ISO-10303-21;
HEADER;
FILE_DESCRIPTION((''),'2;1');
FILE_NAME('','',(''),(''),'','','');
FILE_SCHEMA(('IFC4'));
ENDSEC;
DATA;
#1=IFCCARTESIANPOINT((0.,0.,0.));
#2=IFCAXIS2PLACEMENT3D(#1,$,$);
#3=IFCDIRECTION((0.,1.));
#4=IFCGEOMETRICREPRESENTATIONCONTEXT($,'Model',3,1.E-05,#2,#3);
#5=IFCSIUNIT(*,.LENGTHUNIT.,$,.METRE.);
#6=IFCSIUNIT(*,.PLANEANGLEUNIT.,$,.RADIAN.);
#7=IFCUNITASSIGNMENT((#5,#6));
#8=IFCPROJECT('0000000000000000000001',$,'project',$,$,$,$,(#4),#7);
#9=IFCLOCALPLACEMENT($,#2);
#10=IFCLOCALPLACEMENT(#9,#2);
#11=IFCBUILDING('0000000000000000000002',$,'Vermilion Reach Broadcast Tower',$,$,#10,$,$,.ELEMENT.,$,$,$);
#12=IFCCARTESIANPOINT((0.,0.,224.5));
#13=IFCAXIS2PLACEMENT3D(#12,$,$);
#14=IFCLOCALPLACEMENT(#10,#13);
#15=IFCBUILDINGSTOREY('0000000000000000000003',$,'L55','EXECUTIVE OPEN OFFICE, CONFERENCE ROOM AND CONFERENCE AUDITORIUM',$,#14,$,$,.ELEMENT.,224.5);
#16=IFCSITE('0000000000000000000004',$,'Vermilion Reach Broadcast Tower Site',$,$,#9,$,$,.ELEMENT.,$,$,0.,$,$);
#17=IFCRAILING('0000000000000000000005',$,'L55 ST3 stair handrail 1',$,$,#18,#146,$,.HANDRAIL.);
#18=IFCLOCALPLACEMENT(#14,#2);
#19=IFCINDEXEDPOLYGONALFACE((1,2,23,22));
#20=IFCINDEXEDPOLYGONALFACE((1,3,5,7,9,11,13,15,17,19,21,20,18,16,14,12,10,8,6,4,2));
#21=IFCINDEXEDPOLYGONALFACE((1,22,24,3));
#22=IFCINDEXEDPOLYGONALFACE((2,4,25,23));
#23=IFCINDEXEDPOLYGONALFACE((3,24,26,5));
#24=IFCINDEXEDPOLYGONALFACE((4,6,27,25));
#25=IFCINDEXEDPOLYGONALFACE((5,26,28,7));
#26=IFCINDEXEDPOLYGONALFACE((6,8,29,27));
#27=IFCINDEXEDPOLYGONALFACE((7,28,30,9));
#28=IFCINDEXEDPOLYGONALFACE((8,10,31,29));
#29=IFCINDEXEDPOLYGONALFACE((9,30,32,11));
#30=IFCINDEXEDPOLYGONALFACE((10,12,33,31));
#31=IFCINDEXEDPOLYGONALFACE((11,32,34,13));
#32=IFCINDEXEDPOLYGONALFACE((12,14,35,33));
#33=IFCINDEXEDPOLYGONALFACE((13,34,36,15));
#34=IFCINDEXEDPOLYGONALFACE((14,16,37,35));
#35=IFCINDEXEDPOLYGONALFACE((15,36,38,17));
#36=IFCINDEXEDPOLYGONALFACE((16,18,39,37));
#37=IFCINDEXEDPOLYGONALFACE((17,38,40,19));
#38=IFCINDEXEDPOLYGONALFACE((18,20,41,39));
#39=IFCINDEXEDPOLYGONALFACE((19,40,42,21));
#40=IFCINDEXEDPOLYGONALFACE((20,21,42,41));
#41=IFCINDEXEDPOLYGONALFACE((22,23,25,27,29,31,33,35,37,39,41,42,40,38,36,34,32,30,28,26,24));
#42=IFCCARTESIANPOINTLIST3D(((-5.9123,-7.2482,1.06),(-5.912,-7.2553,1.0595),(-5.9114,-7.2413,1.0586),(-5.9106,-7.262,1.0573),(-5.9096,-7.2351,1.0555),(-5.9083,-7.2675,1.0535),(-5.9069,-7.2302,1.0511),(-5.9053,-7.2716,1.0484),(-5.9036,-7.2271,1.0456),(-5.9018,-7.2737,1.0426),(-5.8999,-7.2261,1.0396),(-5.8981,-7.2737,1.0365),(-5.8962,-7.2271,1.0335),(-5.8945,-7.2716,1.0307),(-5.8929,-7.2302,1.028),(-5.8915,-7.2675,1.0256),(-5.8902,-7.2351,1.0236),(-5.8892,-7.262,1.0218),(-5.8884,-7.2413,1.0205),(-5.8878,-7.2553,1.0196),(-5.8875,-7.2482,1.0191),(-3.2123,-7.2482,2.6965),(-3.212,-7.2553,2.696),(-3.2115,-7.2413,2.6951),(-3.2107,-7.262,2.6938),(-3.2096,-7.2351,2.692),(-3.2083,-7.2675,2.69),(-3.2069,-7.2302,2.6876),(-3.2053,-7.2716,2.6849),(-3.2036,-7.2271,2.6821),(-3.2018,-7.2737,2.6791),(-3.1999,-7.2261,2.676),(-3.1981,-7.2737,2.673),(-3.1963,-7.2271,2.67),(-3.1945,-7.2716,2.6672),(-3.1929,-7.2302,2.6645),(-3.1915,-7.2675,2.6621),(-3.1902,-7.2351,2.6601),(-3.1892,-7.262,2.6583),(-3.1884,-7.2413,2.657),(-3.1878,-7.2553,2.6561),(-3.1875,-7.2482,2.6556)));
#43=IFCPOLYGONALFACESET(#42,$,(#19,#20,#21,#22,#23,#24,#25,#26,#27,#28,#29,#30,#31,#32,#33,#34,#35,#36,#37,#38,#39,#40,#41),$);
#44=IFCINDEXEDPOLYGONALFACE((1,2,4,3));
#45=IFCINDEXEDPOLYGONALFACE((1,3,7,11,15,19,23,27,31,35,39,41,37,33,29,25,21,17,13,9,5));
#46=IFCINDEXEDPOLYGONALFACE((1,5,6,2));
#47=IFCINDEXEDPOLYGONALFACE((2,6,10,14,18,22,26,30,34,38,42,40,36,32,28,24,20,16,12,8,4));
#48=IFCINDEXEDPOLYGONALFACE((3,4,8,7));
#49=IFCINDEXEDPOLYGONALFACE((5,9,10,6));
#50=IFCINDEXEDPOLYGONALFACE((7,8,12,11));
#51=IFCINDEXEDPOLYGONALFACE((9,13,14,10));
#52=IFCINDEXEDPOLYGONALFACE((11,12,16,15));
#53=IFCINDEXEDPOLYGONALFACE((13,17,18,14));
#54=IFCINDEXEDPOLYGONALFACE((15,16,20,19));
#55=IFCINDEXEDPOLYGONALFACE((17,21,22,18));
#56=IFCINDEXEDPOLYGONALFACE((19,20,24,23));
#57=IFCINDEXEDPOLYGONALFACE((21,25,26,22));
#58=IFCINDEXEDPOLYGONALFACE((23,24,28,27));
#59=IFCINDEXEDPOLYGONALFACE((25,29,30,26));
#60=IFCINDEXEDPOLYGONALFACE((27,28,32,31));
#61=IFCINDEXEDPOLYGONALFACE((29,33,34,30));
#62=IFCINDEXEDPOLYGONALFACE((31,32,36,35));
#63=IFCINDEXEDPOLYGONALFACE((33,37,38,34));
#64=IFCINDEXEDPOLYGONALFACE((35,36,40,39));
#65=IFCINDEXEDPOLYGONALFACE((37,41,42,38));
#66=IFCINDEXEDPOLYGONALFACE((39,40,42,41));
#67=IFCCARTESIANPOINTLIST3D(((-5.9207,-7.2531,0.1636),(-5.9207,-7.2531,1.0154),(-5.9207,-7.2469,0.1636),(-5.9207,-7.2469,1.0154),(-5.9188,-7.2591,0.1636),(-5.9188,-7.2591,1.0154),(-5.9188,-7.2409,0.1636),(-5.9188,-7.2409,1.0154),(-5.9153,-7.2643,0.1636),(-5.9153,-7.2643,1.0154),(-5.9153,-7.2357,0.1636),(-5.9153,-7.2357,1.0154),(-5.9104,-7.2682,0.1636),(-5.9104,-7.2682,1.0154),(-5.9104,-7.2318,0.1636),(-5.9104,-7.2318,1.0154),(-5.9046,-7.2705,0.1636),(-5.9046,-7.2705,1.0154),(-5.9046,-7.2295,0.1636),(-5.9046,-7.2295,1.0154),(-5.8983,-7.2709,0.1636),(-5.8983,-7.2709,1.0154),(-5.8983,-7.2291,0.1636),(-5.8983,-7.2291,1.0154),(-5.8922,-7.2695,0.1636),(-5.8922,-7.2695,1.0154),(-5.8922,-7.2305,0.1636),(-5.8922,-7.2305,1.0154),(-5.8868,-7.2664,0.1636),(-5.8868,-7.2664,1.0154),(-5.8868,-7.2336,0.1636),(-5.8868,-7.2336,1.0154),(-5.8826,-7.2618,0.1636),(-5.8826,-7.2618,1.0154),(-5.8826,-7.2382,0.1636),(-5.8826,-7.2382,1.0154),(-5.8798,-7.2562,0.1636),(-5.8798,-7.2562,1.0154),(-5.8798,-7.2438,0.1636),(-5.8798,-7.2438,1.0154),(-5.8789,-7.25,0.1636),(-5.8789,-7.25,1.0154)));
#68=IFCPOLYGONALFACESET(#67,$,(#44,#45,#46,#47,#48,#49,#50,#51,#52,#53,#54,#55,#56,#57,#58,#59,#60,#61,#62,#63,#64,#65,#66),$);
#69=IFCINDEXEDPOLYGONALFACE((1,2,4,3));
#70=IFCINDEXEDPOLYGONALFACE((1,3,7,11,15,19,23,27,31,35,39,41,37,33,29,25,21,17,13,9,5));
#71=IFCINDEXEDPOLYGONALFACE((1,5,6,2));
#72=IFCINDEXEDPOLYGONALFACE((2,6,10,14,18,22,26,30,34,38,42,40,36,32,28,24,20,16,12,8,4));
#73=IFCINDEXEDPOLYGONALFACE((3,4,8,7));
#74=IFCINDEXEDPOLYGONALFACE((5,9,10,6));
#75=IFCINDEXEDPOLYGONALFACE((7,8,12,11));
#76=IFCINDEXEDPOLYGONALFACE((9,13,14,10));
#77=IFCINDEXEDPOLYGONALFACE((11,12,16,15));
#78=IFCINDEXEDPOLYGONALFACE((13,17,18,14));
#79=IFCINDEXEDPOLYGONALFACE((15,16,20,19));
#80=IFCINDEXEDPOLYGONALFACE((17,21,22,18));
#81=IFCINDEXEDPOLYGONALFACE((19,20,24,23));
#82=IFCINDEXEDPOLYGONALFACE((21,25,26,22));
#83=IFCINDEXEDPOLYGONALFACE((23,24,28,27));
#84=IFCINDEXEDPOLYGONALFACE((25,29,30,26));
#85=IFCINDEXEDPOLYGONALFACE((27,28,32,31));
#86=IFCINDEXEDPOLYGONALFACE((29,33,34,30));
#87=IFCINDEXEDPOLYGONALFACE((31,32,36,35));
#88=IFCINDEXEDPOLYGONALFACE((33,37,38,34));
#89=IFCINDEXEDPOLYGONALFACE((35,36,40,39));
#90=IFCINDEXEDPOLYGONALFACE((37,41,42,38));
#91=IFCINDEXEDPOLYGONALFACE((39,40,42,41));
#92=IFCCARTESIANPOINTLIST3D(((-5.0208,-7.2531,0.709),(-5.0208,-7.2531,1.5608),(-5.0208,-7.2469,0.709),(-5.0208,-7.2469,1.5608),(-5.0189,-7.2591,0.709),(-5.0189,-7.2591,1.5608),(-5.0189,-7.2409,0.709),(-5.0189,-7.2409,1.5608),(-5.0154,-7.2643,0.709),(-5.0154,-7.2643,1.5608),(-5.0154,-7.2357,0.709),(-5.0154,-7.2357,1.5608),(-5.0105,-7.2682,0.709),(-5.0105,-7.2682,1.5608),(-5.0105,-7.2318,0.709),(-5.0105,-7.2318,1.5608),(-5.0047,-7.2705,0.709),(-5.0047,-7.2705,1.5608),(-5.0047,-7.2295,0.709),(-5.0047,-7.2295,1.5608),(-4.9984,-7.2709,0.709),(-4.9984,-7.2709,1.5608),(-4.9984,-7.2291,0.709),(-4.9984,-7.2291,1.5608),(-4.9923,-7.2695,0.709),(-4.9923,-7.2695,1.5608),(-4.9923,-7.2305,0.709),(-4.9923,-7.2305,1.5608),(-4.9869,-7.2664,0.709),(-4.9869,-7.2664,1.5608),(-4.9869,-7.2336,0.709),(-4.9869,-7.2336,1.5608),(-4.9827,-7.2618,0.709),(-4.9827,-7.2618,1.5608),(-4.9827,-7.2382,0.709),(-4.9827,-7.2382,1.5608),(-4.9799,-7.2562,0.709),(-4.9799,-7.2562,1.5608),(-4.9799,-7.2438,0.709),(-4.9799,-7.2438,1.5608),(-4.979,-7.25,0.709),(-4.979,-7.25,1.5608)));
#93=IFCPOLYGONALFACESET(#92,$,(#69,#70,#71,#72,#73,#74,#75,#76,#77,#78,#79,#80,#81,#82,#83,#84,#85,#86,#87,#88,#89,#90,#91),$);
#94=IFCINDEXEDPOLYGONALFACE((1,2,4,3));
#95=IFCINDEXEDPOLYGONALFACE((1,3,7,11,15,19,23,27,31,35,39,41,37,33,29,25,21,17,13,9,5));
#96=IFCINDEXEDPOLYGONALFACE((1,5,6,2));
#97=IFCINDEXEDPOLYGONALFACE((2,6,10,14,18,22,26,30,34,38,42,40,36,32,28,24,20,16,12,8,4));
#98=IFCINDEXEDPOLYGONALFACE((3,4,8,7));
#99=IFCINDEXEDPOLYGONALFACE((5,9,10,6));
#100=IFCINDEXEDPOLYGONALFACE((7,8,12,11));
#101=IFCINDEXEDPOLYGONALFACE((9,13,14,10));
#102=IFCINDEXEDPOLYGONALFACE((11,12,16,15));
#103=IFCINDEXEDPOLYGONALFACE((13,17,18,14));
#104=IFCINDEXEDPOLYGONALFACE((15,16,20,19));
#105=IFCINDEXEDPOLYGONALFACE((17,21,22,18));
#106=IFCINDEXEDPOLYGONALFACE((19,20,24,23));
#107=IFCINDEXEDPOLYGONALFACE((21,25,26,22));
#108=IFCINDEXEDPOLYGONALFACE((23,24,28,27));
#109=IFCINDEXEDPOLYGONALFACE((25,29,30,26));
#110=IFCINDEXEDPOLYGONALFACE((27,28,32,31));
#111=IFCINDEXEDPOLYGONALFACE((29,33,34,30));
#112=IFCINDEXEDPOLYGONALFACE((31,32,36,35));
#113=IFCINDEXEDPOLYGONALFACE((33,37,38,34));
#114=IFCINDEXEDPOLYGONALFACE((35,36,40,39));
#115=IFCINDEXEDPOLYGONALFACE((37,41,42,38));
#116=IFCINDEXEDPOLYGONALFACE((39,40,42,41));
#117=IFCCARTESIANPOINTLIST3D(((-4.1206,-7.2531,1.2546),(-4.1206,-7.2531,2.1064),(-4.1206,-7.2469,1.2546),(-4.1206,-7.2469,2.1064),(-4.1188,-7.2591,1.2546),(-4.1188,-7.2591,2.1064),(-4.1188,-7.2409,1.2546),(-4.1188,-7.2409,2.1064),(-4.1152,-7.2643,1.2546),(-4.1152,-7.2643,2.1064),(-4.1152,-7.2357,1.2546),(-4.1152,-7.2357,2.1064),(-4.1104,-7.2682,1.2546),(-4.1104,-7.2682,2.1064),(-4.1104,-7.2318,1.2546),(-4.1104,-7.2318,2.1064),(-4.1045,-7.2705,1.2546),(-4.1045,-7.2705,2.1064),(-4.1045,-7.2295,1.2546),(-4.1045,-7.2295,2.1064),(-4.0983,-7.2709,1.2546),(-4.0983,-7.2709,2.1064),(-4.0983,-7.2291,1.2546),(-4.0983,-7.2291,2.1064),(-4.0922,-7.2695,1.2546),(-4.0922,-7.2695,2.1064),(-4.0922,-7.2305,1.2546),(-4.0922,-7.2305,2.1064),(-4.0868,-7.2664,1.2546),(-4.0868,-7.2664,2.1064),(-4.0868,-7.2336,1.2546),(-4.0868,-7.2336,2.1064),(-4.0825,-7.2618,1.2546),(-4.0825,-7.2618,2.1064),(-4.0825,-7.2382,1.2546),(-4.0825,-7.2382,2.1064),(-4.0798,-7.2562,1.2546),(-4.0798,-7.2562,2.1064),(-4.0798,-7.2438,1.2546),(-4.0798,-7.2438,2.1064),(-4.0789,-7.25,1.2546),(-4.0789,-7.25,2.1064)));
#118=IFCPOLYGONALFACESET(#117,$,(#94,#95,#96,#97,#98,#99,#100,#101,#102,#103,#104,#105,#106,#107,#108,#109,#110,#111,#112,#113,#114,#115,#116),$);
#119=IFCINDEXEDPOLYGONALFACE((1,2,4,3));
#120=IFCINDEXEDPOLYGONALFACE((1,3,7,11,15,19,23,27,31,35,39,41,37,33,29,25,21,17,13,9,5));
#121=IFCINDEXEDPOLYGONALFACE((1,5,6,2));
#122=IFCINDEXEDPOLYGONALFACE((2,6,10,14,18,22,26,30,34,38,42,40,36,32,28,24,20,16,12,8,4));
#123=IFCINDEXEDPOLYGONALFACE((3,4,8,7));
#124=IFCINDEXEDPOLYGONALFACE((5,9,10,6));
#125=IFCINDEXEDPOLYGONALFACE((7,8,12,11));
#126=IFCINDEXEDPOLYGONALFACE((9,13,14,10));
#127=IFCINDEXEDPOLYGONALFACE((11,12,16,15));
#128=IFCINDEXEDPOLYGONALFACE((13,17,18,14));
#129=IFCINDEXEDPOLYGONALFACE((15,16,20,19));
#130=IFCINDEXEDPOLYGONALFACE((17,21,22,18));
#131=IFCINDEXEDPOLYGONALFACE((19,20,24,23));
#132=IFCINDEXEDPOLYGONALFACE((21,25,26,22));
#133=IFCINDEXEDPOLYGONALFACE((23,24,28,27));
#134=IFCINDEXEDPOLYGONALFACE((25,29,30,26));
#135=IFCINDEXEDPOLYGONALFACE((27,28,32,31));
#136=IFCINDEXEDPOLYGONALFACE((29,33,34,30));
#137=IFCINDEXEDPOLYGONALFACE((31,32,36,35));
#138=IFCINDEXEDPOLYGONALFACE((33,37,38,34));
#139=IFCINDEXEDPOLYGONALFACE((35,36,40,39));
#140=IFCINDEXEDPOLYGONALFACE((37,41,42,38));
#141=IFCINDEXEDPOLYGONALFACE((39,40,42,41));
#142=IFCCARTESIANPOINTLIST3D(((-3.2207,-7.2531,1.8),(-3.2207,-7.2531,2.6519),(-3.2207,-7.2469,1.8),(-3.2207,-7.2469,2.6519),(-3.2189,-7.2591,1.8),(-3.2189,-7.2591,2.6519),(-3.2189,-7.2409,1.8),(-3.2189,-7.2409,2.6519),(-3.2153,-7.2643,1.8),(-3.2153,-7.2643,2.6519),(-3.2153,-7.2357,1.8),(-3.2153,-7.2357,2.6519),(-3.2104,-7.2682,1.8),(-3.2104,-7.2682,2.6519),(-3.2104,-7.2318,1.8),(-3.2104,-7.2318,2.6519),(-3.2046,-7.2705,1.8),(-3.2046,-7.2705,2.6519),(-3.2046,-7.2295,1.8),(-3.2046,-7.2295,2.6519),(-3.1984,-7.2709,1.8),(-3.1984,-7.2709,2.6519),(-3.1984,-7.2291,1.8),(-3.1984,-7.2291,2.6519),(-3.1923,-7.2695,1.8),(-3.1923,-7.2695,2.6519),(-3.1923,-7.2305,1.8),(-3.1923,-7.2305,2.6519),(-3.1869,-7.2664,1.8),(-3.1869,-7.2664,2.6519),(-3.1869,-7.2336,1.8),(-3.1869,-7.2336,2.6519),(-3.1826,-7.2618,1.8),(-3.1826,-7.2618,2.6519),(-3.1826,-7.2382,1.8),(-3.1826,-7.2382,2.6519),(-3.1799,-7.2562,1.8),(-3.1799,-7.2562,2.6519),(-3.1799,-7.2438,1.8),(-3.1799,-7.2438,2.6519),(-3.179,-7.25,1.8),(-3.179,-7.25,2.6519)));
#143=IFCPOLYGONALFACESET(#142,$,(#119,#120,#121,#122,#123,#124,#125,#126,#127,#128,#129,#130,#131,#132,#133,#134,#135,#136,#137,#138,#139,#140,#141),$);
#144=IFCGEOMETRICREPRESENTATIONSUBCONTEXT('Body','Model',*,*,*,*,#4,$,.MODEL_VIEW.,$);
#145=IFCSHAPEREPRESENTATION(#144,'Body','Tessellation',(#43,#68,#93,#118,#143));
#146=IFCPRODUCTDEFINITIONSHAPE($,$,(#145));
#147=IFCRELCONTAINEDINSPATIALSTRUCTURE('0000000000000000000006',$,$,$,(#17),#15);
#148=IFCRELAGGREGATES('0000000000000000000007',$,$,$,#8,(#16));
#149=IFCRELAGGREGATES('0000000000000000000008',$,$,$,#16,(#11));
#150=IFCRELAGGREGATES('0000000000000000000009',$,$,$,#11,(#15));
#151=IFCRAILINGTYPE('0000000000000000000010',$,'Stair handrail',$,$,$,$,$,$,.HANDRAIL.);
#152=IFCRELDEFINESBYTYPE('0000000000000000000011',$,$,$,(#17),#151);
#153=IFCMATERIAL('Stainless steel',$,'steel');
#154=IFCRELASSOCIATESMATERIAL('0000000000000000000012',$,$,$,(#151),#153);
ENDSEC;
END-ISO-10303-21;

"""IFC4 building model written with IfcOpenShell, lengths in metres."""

from ifc_helpers import new_model, si_unit, direction, frame, origin, origin_2d, place, context, subcontext, project, spatial, circle, extrude, material, type_object, element, save


model = new_model("IFC4")

# Units and contexts
model_context = context("Model", 3, precision=1e-05, world=origin(), true_north=direction((0.0, 1.0)))
body_context = subcontext(model_context, "Body", "Model", "MODEL_VIEW")
ifc_project = project(units=[si_unit("LENGTHUNIT", "METRE"), si_unit("PLANEANGLEUNIT", "RADIAN")], contexts=[model_context])

# Site, building, storey
site_placement = place(None, origin())
site = spatial("IfcSite", under=ifc_project, at=site_placement, Name="Vermilion Reach Broadcast Tower Site", CompositionType="ELEMENT", RefElevation=0.0)
building_placement = place(site_placement, origin())
building = spatial("IfcBuilding", under=site, at=building_placement, Name="Vermilion Reach Broadcast Tower", CompositionType="ELEMENT")
storey_placement = place(building_placement, frame((0.0, 0.0, 224.5)))
storey = spatial("IfcBuildingStorey", under=building, at=storey_placement, Name="L55", Description="EXECUTIVE OPEN OFFICE, CONFERENCE ROOM AND CONFERENCE AUDITORIUM", CompositionType="ELEMENT", Elevation=224.5)

# Railing
ifc_material_1 = material(Name="Stainless steel", Category="steel")
railing_type_1 = type_object("IfcRailingType", Name="Stair handrail", PredefinedType="HANDRAIL", material=ifc_material_1)
railing_1_placement = place(storey_placement, frame((-5.8999, -7.25, 0.1636)))
element("IfcRailing", 1, at=railing_1_placement, inside=storey, type_object=railing_type_1, Name="L55 ST3 stair handrail 1", PredefinedType="HANDRAIL", context=body_context, shape_type="SweptSolid", body=[
    extrude(circle(Radius=0.0239, at=origin_2d()), frame((0.0, 0.0, 0.876), z_axis=(0.855178, 0.0, 0.518334), x_axis=(0.0, 1.0, 0.0)), (0.0, 0.0, 1.0), 3.1572),
    extrude(circle(Radius=0.021, at=origin_2d()), origin(), (0.0, 0.0, 1.0), 0.8518),
    extrude(circle(Radius=0.021, at=origin_2d()), frame((0.8999, 0.0, 0.5454)), (0.0, 0.0, 1.0), 0.8518),
    extrude(circle(Radius=0.021, at=origin_2d()), frame((1.8, 0.0, 1.0911)), (0.0, 0.0, 1.0), 0.8518),
    extrude(circle(Radius=0.021, at=origin_2d()), frame((2.7, 0.0, 1.6365)), (0.0, 0.0, 1.0), 0.8518),
])

save(model, "model.ifc")
